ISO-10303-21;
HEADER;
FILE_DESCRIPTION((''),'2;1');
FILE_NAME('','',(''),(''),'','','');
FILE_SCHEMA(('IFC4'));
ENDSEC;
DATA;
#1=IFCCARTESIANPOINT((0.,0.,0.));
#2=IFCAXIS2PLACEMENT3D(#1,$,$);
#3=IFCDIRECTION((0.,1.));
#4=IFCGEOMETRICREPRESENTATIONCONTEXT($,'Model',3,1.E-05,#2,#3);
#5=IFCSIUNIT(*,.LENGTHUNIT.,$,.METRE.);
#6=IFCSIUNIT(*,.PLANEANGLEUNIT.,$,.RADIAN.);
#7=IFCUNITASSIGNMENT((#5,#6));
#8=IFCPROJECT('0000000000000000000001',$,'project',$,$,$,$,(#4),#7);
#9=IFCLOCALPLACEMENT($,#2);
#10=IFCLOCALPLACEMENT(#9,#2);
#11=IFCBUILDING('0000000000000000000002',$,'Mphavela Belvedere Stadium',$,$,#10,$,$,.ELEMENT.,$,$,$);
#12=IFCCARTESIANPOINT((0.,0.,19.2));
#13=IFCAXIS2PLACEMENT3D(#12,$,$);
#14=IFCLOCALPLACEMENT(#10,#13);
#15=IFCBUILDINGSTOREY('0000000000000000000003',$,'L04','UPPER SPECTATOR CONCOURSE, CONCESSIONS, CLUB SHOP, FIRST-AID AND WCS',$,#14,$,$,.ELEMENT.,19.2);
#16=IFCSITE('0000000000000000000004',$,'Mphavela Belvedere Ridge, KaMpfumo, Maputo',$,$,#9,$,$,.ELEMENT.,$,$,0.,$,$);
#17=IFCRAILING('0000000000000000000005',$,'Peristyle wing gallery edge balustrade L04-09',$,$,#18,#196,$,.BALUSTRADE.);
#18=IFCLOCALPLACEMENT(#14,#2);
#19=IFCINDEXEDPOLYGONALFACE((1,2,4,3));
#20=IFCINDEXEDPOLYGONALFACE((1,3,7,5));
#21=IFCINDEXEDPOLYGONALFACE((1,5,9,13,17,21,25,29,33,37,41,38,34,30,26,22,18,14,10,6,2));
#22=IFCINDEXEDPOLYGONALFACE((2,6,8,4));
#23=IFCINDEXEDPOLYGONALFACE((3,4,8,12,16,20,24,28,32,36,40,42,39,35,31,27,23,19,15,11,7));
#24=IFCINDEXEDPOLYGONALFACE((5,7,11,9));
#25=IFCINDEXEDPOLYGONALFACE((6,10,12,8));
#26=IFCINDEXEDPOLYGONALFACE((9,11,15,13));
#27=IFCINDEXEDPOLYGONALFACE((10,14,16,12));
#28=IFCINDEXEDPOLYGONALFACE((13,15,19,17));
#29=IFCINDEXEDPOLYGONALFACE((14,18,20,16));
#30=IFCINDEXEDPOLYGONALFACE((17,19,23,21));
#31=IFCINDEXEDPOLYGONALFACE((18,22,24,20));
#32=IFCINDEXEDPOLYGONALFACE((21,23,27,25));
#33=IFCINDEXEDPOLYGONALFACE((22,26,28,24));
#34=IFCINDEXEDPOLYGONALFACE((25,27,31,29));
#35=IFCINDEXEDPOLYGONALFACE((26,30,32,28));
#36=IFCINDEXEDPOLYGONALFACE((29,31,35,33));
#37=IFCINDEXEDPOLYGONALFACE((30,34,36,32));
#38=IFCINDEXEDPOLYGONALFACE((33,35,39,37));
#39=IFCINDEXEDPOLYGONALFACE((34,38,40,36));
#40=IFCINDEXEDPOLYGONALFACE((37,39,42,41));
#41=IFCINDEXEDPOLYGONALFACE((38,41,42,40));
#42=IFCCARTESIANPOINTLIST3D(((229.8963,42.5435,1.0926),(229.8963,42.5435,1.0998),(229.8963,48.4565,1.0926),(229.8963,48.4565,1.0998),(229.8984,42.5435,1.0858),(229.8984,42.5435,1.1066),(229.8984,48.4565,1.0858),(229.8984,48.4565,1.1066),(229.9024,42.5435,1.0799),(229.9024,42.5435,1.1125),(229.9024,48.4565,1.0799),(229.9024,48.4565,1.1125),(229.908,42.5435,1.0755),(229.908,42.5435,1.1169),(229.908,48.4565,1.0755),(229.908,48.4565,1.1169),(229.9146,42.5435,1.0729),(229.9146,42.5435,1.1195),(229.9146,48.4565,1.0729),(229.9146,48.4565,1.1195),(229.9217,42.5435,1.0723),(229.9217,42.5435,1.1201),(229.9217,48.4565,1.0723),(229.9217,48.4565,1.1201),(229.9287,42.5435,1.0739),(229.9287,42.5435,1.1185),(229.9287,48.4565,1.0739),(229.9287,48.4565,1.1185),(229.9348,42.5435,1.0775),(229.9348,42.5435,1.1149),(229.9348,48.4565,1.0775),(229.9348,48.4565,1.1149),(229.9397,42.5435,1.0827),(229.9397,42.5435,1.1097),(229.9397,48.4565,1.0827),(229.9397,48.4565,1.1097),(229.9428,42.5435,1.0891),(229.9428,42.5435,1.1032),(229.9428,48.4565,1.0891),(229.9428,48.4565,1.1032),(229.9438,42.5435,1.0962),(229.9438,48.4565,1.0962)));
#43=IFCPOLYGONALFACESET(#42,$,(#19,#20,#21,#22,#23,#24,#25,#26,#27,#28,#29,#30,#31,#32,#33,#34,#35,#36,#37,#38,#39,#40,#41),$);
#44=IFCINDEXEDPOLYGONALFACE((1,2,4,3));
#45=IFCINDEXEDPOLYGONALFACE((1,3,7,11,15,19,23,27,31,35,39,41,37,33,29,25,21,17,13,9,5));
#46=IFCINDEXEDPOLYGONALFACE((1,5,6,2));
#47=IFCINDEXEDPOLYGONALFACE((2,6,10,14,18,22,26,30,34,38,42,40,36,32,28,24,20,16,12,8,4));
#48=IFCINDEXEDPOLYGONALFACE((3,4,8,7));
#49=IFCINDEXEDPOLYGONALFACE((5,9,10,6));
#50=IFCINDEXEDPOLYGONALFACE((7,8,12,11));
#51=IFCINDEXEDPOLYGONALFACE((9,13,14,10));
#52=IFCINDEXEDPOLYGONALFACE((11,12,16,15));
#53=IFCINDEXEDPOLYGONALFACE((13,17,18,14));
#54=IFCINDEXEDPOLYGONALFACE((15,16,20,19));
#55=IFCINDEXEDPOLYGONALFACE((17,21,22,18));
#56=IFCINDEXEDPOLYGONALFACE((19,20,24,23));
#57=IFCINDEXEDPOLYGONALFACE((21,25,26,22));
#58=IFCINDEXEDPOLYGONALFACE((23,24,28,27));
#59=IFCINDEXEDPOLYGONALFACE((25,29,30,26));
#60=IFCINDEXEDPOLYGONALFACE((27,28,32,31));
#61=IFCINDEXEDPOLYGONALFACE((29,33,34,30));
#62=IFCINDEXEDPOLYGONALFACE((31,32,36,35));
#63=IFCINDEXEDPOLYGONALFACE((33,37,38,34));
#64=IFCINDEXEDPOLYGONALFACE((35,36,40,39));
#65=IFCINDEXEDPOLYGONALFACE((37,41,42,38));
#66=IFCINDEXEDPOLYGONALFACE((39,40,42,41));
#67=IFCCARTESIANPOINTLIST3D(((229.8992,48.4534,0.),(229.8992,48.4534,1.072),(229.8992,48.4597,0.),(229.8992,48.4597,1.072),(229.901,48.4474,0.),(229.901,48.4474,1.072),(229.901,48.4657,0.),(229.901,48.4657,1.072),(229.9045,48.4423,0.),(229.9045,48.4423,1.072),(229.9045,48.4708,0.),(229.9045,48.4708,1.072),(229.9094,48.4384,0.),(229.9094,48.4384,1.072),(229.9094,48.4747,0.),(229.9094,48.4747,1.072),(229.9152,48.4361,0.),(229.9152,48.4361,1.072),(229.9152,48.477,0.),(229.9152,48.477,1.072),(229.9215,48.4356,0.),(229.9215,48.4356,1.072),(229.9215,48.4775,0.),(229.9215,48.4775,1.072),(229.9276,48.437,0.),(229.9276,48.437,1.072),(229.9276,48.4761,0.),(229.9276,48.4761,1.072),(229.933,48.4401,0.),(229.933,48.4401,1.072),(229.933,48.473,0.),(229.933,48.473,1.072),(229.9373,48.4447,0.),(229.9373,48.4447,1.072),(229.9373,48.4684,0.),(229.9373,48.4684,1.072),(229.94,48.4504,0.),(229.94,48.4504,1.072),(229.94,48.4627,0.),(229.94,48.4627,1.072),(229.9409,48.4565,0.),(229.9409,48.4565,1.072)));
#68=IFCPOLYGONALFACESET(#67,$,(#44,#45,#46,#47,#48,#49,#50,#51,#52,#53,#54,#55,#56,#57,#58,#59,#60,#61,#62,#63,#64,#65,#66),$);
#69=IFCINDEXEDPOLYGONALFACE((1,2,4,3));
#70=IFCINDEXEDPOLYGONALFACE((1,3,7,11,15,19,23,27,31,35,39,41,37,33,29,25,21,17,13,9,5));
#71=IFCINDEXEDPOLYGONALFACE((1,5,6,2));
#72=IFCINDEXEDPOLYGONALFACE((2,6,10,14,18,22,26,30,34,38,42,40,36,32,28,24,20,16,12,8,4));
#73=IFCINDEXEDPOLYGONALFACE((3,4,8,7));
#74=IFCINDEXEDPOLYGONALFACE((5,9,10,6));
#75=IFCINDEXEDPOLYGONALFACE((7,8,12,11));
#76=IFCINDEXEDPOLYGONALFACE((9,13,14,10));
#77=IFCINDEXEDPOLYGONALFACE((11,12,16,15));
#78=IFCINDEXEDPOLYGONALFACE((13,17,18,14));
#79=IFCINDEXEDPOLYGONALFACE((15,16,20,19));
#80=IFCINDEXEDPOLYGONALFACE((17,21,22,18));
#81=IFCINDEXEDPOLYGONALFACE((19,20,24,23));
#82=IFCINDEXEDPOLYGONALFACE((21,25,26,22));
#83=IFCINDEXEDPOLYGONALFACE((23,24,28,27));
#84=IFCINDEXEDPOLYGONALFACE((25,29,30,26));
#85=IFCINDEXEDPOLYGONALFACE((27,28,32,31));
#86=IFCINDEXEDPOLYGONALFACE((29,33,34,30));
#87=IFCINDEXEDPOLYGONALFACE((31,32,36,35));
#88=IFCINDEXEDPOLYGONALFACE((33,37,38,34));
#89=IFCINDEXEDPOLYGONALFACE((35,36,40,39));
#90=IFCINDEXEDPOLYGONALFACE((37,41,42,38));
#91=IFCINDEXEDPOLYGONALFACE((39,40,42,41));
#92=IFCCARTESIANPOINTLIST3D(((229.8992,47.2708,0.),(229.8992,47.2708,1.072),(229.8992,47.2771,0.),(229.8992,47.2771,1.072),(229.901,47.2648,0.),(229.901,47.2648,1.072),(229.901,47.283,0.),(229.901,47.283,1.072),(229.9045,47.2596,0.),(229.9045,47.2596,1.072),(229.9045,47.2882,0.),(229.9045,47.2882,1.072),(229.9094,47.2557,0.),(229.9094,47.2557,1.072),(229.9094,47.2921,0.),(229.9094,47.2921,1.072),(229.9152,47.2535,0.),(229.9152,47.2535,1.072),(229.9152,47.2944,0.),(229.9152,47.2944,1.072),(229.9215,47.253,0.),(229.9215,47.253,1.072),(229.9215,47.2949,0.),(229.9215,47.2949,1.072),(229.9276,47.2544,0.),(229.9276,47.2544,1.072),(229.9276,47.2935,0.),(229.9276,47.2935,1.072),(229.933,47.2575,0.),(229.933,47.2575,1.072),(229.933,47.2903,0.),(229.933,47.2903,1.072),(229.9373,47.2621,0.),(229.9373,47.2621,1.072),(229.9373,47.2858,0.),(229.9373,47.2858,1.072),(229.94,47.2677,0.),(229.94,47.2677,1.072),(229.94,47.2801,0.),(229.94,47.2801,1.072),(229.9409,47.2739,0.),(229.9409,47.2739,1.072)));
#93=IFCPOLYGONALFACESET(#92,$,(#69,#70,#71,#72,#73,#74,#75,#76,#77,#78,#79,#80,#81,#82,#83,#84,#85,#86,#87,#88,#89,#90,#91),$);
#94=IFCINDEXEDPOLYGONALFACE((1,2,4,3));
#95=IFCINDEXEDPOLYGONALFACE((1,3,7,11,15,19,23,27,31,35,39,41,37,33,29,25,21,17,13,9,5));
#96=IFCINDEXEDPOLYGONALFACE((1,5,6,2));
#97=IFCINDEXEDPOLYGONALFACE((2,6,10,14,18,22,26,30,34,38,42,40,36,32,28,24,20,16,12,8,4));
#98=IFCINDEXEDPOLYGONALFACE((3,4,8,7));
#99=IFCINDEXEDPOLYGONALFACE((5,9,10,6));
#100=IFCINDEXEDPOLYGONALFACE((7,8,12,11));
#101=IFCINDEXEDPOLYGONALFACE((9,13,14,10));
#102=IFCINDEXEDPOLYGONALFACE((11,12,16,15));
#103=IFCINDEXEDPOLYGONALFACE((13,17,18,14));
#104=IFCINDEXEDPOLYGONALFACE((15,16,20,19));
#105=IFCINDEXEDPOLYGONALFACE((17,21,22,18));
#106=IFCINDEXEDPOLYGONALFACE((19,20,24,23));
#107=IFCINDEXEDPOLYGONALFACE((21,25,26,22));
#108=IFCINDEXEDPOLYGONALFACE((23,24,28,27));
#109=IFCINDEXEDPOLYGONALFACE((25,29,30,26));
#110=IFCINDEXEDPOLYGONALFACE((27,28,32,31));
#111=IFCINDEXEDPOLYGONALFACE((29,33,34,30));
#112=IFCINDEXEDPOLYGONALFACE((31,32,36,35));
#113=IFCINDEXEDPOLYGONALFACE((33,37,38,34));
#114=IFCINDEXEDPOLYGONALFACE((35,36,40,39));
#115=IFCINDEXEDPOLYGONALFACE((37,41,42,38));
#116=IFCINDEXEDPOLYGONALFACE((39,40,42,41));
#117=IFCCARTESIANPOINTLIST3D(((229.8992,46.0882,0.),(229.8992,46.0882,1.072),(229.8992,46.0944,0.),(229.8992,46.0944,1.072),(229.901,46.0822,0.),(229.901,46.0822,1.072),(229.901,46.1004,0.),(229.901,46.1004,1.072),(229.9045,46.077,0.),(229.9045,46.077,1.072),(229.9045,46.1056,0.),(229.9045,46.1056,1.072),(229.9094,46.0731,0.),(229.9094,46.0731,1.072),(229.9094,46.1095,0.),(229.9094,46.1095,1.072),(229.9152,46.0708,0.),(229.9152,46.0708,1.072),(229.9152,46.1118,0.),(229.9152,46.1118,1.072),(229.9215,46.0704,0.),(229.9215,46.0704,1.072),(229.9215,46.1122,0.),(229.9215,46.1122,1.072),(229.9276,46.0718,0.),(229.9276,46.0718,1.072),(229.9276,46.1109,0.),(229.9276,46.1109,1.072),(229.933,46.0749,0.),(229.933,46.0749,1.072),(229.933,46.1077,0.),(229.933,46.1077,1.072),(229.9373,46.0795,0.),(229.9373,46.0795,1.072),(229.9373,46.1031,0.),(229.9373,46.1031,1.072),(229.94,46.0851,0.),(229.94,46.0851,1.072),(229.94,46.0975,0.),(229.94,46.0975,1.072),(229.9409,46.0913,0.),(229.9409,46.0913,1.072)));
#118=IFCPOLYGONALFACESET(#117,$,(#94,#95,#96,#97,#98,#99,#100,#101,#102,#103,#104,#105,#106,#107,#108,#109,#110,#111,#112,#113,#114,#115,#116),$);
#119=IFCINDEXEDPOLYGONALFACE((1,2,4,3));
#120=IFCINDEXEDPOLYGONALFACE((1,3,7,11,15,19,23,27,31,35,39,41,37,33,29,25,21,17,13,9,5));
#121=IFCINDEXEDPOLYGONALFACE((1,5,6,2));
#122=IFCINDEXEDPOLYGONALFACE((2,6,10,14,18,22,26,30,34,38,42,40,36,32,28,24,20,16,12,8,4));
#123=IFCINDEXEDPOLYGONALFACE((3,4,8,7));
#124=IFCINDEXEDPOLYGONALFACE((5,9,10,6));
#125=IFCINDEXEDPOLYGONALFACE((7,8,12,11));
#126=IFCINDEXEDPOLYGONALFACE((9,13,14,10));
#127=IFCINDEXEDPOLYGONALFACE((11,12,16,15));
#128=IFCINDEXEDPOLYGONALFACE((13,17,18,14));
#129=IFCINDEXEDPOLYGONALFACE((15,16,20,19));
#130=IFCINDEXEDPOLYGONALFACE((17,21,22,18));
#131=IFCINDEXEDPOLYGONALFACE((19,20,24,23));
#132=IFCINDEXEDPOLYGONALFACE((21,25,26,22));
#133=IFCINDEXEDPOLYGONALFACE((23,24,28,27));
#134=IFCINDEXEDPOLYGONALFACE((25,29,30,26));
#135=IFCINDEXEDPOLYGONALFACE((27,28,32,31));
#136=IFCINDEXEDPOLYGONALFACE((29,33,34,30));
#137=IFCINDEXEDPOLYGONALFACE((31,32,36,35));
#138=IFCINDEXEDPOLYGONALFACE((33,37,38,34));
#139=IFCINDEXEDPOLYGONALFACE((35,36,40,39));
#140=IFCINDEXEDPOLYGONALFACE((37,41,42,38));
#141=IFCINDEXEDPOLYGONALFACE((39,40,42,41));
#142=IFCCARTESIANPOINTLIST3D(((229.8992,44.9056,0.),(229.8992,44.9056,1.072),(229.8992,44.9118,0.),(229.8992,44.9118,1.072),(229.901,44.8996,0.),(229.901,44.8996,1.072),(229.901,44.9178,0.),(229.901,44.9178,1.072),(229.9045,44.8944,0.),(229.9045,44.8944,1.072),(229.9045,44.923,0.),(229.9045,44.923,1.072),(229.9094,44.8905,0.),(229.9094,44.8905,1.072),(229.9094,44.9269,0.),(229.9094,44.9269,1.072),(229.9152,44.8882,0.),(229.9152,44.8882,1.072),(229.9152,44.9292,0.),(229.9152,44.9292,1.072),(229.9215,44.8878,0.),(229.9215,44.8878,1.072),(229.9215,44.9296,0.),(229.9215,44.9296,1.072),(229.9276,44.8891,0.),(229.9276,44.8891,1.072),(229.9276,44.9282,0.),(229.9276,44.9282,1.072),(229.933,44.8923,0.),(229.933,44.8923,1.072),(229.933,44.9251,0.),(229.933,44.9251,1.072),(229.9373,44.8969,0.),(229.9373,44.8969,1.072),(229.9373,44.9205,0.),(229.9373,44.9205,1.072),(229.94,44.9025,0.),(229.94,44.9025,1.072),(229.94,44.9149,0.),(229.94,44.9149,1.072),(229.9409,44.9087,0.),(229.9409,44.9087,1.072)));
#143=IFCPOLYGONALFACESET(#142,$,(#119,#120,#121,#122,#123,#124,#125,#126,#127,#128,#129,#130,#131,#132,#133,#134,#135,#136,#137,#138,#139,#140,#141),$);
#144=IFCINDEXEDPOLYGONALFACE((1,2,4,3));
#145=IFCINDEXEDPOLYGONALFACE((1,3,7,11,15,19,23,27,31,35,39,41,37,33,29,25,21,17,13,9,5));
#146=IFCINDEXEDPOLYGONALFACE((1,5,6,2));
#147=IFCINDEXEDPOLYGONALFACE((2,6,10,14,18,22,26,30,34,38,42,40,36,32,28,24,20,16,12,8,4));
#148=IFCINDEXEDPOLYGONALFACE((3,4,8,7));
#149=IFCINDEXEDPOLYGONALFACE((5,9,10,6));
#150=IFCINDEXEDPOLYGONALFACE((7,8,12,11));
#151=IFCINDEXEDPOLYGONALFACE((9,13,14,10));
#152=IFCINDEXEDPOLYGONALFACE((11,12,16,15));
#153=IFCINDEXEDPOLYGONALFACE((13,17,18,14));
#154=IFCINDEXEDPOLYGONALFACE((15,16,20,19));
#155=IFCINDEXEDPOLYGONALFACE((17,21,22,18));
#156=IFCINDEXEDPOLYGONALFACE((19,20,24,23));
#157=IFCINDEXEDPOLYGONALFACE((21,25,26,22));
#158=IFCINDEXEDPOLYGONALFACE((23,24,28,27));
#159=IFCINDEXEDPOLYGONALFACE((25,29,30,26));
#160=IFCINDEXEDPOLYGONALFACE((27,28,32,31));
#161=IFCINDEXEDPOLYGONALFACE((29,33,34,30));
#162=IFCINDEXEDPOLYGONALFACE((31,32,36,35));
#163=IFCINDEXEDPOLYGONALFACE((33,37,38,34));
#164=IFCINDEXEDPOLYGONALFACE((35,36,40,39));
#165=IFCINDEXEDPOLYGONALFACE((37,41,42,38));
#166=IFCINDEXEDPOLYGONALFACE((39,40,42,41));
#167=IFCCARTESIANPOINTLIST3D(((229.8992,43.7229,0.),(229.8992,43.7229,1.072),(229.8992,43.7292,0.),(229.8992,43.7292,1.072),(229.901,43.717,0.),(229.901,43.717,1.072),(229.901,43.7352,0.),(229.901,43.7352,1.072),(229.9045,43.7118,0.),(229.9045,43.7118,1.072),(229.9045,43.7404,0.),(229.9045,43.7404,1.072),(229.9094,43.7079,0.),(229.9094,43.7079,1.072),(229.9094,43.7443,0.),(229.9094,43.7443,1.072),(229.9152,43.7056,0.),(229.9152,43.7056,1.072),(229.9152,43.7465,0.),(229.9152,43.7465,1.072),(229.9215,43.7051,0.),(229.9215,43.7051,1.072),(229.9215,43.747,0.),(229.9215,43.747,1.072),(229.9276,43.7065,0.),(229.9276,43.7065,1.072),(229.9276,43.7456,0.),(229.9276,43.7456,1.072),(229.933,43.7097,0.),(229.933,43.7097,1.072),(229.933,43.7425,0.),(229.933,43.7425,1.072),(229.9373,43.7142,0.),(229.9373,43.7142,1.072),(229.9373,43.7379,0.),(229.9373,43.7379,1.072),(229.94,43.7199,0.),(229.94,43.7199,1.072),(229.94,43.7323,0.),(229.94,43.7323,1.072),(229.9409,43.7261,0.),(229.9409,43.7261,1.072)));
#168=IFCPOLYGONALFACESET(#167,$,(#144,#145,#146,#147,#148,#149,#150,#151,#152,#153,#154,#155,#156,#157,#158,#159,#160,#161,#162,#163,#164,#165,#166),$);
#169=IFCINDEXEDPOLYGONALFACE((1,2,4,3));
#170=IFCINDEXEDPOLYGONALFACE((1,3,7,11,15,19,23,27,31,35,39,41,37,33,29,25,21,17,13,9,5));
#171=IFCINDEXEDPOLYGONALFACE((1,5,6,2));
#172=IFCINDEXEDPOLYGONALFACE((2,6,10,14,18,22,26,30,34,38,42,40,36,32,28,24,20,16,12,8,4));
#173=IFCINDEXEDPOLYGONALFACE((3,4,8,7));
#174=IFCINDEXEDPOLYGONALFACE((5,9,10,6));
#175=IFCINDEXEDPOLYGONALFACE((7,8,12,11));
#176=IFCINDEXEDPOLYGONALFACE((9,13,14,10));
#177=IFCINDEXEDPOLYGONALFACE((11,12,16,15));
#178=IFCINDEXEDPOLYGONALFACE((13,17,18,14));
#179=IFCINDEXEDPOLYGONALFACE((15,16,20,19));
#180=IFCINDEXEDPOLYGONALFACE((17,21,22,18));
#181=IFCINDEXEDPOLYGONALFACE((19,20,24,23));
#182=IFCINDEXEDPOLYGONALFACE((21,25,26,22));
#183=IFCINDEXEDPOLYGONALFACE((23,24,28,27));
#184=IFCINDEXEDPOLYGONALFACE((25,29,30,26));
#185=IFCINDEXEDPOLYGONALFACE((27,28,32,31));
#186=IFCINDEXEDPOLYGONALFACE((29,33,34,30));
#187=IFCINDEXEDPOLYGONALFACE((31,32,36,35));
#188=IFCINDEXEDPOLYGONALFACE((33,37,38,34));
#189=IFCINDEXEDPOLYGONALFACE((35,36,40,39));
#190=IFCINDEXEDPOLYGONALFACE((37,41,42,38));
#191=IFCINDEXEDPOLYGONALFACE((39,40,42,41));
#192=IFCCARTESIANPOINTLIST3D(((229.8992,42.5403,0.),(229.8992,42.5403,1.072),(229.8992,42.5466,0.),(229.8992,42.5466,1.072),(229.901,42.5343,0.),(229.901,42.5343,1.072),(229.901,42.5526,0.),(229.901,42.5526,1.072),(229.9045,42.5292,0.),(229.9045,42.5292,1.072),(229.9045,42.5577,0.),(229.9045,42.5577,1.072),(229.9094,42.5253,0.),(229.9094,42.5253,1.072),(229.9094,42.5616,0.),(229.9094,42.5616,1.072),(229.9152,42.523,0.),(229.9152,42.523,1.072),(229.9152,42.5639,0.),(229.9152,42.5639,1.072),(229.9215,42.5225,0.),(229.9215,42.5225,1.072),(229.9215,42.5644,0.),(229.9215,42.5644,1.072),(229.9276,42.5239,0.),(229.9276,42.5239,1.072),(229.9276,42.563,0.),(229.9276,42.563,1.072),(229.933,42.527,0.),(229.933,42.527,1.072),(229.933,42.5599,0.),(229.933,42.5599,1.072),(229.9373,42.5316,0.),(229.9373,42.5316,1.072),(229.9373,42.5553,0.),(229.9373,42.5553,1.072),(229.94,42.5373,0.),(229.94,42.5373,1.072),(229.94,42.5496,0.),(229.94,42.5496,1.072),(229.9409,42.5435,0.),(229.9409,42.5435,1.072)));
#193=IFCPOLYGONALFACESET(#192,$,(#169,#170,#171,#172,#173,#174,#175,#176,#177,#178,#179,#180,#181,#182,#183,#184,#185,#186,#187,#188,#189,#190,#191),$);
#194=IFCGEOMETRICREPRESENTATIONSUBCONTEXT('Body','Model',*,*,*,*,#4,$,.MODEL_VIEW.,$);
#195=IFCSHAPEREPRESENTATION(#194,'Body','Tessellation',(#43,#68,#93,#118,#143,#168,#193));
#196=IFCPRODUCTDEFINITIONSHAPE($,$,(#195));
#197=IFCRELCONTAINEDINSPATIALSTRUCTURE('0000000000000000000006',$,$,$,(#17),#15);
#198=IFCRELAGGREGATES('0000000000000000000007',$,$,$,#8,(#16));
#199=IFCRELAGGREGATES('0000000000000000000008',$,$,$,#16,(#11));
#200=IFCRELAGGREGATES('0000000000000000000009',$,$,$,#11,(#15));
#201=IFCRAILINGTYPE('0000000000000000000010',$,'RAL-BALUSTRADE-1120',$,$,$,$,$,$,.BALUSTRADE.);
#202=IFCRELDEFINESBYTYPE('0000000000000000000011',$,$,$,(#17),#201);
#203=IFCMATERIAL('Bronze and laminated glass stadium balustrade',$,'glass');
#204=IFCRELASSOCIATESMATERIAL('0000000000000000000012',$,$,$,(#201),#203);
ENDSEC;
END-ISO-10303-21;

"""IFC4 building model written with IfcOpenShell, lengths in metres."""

from ifc_helpers import new_model, si_unit, direction, frame, origin, origin_2d, place, context, subcontext, project, spatial, circle, extrude, material, type_object, element, save


model = new_model("IFC4")

# Units and contexts
model_context = context("Model", 3, precision=1e-05, world=origin(), true_north=direction((0.0, 1.0)))
body_context = subcontext(model_context, "Body", "Model", "MODEL_VIEW")
ifc_project = project(units=[si_unit("LENGTHUNIT", "METRE"), si_unit("PLANEANGLEUNIT", "RADIAN")], contexts=[model_context])

# Site, building, storey
site_placement = place(None, origin())
site = spatial("IfcSite", under=ifc_project, at=site_placement, Name="Mphavela Belvedere Ridge, KaMpfumo, Maputo", CompositionType="ELEMENT", RefElevation=0.0)
building_placement = place(site_placement, origin())
building = spatial("IfcBuilding", under=site, at=building_placement, Name="Mphavela Belvedere Stadium", CompositionType="ELEMENT")
storey_placement = place(building_placement, frame((0.0, 0.0, 19.2)))
storey = spatial("IfcBuildingStorey", under=building, at=storey_placement, Name="L04", Description="UPPER SPECTATOR CONCOURSE, CONCESSIONS, CLUB SHOP, FIRST-AID AND WCS", CompositionType="ELEMENT", Elevation=19.2)

# Railing
ifc_material_1 = material(Name="Bronze and laminated glass stadium balustrade", Category="glass")
railing_type = type_object("IfcRailingType", Name="RAL-BALUSTRADE-1120", PredefinedType="BALUSTRADE", material=ifc_material_1)
railing_1_placement = place(storey_placement, frame((229.9199, 48.4565, 0.0)))
element("IfcRailing", 1, at=railing_1_placement, inside=storey, type_object=railing_type, Name="Peristyle wing gallery edge balustrade L04-09", PredefinedType="BALUSTRADE", context=body_context, shape_type="SweptSolid", body=[
    extrude(circle(Radius=0.0239, at=origin_2d()), frame((0.0, 0.0, 1.0962), z_axis=(0.0, -1.0, 0.0), x_axis=(1.0, 0.0, 0.0)), (0.0, 0.0, 1.0), 5.9131),
    extrude(circle(Radius=0.021, at=origin_2d()), origin(), (0.0, 0.0, 1.0), 1.072),
    extrude(circle(Radius=0.021, at=origin_2d()), frame((0.0, -1.1826, 0.0)), (0.0, 0.0, 1.0), 1.072),
    extrude(circle(Radius=0.021, at=origin_2d()), frame((0.0, -2.3652, 0.0)), (0.0, 0.0, 1.0), 1.072),
    extrude(circle(Radius=0.021, at=origin_2d()), frame((0.0, -3.5479, 0.0)), (0.0, 0.0, 1.0), 1.072),
    extrude(circle(Radius=0.021, at=origin_2d()), frame((0.0, -4.7305, 0.0)), (0.0, 0.0, 1.0), 1.072),
    extrude(circle(Radius=0.021, at=origin_2d()), frame((0.0, -5.9131, 0.0)), (0.0, 0.0, 1.0), 1.072),
])

save(model, "model.ifc")
